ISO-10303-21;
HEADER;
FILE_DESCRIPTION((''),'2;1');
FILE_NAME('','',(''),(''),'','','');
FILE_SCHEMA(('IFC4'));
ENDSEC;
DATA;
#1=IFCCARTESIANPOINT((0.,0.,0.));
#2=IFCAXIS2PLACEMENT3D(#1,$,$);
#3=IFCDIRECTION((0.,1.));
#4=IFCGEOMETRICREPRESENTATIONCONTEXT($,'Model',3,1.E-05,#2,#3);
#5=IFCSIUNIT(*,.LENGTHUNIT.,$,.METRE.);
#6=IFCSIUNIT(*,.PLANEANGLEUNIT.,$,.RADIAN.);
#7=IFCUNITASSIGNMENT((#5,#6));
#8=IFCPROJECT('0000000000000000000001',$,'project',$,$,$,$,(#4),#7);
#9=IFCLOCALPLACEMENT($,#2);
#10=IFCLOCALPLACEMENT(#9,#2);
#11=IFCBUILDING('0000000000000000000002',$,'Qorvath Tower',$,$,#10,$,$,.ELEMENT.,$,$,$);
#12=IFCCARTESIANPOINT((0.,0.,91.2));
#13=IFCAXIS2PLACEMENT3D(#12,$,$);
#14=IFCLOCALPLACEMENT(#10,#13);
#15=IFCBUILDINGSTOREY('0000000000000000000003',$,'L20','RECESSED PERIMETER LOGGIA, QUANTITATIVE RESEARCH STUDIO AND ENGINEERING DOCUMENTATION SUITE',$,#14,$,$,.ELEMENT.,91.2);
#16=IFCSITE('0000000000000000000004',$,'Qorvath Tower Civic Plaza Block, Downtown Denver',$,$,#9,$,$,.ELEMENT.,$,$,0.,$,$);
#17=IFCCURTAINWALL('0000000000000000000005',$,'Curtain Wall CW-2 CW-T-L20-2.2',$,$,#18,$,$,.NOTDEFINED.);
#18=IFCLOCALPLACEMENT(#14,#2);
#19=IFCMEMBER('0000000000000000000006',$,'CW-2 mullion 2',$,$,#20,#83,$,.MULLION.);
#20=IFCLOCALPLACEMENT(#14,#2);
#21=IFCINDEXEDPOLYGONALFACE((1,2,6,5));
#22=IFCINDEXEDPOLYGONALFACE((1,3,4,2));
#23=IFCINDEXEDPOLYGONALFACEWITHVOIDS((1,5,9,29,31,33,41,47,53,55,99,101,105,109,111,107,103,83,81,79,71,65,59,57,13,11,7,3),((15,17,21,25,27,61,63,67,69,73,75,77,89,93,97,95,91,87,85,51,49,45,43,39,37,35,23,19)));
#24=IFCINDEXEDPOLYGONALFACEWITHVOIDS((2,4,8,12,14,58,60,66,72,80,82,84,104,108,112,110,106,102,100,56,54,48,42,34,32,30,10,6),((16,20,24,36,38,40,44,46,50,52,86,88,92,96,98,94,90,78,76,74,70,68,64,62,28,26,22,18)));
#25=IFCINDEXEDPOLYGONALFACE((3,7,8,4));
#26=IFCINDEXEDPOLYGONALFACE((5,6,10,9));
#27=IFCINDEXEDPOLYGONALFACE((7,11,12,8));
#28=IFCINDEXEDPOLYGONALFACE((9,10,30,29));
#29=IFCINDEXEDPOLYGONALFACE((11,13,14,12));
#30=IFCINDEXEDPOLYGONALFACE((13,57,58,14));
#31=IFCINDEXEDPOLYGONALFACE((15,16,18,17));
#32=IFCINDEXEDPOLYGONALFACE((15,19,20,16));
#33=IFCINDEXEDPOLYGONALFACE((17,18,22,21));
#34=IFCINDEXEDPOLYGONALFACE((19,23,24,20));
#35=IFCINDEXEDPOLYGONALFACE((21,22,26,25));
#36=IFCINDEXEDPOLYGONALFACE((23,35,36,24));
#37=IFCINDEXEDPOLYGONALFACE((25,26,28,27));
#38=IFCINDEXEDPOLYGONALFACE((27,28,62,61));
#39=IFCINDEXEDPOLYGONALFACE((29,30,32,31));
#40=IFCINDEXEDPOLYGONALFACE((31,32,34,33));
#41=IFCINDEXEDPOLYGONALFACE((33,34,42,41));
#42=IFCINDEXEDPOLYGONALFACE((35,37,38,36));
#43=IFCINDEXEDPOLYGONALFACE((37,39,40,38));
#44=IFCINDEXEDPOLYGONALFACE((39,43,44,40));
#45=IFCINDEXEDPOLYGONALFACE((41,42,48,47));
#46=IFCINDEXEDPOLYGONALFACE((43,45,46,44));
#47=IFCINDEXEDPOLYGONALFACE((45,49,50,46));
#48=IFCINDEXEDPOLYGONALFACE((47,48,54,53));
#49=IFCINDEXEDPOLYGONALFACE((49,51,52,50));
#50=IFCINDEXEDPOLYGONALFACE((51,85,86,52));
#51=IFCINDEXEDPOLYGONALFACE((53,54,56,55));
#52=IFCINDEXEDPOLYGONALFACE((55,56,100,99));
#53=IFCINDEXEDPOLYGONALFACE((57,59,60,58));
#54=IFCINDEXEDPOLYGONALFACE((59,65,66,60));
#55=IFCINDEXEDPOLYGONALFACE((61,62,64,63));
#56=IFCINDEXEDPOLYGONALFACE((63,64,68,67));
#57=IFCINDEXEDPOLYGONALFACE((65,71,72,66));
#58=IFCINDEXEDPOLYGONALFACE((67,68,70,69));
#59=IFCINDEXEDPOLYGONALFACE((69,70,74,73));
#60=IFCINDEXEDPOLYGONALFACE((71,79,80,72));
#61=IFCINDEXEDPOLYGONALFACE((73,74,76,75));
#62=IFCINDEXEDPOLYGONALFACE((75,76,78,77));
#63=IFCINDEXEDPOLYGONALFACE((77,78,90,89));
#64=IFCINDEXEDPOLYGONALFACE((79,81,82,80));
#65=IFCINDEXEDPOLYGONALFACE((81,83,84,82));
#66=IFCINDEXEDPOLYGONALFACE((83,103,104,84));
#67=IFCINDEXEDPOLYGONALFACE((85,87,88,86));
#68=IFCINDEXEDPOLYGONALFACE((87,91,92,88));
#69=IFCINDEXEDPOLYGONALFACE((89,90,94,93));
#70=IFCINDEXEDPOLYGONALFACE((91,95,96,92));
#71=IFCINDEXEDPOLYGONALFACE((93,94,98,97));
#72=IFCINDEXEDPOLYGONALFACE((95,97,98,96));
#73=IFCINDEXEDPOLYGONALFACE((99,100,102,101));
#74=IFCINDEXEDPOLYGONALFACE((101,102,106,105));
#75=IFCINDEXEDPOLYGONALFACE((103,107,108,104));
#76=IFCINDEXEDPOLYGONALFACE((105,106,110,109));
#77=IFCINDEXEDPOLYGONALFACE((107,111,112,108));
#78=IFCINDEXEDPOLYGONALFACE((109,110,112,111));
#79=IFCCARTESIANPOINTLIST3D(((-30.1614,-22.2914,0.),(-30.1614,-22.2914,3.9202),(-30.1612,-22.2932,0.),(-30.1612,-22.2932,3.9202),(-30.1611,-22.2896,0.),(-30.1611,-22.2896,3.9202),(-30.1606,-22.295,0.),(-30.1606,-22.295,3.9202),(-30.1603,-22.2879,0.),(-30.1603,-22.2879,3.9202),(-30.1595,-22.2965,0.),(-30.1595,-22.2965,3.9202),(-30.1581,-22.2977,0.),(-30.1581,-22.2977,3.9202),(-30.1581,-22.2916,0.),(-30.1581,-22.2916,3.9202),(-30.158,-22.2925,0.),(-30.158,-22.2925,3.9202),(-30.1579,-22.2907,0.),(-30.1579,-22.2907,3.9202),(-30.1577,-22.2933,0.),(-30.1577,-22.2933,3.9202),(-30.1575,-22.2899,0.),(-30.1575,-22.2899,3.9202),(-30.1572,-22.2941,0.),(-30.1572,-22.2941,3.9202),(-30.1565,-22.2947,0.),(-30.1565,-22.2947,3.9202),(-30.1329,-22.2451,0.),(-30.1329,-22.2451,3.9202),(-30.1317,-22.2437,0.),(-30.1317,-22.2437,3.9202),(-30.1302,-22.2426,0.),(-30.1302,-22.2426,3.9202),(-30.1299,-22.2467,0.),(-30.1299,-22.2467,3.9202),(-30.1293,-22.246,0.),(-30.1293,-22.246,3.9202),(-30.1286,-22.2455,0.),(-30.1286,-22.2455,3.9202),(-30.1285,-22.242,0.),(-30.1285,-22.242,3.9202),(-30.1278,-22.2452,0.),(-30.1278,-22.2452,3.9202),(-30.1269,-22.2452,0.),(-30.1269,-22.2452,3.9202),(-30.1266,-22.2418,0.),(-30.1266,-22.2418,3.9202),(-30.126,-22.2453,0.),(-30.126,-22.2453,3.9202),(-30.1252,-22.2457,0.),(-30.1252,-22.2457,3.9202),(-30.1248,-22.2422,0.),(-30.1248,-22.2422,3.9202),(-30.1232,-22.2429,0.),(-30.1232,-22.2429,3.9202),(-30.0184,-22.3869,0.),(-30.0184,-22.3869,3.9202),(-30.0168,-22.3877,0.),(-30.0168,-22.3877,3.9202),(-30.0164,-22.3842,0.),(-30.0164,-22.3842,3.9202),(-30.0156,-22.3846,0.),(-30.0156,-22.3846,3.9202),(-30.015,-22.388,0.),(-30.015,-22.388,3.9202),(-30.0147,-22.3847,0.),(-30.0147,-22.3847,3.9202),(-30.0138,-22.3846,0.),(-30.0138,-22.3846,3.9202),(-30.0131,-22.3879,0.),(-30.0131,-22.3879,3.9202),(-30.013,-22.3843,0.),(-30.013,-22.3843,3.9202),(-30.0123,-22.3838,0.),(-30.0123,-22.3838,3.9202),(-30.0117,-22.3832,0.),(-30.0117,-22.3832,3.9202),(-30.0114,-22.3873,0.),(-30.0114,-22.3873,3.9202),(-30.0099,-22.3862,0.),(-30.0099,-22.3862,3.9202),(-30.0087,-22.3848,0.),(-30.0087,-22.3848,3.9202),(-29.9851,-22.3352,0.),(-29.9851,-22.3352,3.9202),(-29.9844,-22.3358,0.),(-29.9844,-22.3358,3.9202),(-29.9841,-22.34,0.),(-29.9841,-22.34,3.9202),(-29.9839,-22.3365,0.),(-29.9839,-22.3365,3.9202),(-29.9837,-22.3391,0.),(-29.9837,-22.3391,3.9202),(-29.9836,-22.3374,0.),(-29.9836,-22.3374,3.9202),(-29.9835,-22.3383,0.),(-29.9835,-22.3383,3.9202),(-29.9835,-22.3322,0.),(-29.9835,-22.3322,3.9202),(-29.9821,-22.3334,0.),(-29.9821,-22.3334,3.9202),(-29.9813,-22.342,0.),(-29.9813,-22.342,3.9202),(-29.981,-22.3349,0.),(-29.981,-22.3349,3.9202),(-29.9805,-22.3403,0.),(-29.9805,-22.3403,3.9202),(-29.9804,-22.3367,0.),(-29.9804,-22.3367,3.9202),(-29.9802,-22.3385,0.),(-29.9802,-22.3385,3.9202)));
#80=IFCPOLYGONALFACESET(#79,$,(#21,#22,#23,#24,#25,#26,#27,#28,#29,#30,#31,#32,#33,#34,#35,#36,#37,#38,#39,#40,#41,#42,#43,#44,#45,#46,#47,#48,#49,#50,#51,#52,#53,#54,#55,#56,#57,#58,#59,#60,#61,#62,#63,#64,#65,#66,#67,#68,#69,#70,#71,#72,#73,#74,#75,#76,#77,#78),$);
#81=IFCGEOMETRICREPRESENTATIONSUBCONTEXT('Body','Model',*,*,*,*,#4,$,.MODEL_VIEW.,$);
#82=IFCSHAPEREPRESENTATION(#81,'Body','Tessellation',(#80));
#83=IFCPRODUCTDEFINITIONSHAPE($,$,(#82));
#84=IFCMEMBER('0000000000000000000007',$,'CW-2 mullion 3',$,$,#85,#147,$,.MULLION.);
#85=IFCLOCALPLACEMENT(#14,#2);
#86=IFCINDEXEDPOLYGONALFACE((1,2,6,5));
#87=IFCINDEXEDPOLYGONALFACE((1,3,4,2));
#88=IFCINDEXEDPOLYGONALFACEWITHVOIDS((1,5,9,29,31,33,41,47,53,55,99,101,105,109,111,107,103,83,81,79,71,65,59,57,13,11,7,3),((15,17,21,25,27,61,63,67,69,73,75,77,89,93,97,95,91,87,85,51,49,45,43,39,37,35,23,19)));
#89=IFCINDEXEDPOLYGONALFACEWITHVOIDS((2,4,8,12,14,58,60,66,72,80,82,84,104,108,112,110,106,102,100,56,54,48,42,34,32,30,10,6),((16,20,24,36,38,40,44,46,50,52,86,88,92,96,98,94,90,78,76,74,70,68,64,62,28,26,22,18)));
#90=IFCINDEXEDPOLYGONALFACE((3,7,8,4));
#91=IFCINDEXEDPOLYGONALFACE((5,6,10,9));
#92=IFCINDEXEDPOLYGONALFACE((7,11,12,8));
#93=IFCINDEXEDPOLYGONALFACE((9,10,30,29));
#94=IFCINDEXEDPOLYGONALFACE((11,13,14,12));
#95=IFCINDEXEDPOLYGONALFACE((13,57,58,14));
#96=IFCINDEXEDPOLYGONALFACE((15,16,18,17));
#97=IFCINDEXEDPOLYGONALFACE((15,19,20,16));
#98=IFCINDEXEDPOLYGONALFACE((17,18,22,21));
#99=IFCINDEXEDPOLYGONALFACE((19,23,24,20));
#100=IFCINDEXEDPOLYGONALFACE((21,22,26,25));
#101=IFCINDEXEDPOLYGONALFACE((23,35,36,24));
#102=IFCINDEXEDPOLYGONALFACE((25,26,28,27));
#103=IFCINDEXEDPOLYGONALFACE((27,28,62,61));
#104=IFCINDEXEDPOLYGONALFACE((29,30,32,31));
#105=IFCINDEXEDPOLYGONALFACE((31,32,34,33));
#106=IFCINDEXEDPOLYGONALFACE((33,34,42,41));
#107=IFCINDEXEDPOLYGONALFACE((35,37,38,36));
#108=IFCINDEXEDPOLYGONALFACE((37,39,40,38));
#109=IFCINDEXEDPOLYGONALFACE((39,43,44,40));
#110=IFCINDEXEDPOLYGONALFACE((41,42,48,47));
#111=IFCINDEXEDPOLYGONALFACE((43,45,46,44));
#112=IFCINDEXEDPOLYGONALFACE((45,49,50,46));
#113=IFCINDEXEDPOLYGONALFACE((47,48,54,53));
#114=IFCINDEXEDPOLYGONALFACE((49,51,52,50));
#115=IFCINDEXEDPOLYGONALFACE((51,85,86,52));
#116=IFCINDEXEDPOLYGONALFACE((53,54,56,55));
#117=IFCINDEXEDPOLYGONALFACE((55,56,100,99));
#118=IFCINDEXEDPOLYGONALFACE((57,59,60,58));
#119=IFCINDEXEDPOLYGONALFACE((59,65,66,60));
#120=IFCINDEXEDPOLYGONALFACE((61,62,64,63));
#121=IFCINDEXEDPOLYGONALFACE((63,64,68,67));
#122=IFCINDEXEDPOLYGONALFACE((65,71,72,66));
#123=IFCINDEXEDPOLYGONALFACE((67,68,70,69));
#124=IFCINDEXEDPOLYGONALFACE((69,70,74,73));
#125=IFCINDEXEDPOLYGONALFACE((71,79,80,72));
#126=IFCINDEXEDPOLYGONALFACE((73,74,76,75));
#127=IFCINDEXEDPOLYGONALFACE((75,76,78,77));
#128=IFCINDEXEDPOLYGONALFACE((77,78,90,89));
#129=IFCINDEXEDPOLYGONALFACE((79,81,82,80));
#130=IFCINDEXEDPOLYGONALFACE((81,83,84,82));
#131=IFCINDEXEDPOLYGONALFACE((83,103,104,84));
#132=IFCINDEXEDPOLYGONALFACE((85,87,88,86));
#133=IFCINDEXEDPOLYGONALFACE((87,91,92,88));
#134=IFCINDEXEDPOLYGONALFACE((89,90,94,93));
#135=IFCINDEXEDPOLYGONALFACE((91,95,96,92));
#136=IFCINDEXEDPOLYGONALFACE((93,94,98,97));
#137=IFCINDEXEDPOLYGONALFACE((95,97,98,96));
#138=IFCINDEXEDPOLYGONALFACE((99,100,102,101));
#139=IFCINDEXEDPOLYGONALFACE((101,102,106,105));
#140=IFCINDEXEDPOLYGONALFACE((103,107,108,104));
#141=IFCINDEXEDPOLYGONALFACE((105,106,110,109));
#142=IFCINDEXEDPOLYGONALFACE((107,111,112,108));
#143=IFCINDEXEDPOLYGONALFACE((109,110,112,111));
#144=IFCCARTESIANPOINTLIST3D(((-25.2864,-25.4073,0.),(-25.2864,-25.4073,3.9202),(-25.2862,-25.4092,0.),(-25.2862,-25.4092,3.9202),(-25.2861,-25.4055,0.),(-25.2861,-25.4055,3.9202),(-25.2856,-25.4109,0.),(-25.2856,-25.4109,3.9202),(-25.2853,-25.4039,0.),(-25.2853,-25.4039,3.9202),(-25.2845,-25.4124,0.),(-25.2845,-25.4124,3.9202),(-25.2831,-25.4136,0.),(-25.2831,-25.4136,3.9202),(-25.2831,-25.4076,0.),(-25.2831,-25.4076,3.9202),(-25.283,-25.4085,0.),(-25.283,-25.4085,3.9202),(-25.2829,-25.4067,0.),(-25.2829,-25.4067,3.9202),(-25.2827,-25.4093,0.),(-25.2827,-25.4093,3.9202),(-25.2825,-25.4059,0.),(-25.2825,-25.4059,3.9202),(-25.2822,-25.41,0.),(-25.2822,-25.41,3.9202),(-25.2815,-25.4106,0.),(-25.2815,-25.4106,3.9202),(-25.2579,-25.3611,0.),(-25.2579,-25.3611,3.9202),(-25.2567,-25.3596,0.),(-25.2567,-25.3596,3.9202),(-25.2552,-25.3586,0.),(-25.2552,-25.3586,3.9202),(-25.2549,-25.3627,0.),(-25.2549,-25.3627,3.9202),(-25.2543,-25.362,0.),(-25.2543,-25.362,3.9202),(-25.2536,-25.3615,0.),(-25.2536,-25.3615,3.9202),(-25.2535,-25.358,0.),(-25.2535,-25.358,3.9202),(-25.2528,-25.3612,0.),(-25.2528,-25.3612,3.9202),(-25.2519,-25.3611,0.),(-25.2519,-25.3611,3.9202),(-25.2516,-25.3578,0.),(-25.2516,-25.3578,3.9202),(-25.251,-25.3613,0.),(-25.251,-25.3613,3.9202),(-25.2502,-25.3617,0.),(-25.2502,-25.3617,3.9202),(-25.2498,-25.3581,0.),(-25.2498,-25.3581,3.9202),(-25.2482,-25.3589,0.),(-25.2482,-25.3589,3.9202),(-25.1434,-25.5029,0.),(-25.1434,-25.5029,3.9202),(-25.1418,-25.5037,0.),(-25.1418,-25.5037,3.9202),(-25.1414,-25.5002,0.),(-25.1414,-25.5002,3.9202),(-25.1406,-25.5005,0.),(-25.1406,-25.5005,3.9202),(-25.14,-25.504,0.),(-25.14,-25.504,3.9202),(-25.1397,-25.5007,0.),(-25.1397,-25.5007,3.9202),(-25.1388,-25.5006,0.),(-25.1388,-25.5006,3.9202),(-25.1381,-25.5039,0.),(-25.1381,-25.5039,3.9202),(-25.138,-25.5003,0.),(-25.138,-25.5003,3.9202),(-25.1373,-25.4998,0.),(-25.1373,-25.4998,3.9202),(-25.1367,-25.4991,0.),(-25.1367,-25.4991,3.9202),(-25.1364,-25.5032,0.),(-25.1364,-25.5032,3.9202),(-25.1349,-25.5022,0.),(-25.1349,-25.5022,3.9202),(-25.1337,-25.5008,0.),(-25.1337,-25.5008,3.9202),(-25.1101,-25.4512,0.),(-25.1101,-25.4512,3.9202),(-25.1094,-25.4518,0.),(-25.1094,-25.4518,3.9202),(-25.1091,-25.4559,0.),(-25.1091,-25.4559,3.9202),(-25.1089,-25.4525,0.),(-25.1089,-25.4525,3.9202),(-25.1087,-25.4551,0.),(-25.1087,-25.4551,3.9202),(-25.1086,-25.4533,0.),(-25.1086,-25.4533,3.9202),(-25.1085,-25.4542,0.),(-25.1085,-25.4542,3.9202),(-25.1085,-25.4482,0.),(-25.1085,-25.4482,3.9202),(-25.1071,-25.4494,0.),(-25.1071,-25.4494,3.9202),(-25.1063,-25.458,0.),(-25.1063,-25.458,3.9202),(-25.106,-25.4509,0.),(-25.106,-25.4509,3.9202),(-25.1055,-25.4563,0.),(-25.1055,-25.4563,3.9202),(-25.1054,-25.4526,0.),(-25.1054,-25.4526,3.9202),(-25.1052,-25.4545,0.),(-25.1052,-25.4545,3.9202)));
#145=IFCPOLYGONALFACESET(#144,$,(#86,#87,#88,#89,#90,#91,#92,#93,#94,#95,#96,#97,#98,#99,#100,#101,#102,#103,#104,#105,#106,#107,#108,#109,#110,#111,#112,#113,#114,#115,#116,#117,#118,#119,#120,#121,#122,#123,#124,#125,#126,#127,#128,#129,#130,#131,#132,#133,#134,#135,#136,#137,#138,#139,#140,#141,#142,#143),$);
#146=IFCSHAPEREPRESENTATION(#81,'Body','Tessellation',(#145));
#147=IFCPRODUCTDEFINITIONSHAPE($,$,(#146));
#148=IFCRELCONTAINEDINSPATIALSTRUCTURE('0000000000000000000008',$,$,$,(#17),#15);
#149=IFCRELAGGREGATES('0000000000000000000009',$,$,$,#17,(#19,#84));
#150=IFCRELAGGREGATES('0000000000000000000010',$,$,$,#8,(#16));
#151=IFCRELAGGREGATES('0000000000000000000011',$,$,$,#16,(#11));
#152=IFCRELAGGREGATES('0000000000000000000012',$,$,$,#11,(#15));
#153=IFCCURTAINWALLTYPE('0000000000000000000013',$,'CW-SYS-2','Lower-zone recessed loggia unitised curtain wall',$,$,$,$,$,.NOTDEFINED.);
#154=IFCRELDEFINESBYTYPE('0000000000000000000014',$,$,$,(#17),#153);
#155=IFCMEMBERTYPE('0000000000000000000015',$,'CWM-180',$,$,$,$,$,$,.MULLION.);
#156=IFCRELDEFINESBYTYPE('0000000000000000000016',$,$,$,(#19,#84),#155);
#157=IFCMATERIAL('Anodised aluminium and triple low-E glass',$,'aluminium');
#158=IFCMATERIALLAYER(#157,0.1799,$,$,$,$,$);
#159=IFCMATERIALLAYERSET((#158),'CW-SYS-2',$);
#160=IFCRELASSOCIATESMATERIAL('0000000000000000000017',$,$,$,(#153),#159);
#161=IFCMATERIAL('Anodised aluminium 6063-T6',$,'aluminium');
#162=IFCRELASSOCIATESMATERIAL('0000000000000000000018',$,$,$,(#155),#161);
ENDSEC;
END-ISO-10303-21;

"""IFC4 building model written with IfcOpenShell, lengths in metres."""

from ifc_helpers import new_model, si_unit, direction, frame, origin, origin_2d, place, context, subcontext, project, spatial, hollow_rectangle, extrude, material, layer, layer_set, material_profile, profile_set, type_object, element, aggregate, save


model = new_model("IFC4")

# Units and contexts
model_context = context("Model", 3, precision=1e-05, world=origin(), true_north=direction((0.0, 1.0)))
body_context = subcontext(model_context, "Body", "Model", "MODEL_VIEW")
ifc_project = project(units=[si_unit("LENGTHUNIT", "METRE"), si_unit("PLANEANGLEUNIT", "RADIAN")], contexts=[model_context])

# Site, building, storey
site_placement = place(None, origin())
site = spatial("IfcSite", under=ifc_project, at=site_placement, Name="Qorvath Tower Civic Plaza Block, Downtown Denver", CompositionType="ELEMENT", RefElevation=0.0)
building_placement = place(site_placement, origin())
building = spatial("IfcBuilding", under=site, at=building_placement, Name="Qorvath Tower", CompositionType="ELEMENT")
storey_placement = place(building_placement, frame((0.0, 0.0, 91.2)))
storey = spatial("IfcBuildingStorey", under=building, at=storey_placement, Name="L20", Description="RECESSED PERIMETER LOGGIA, QUANTITATIVE RESEARCH STUDIO AND ENGINEERING DOCUMENTATION SUITE", CompositionType="ELEMENT", Elevation=91.2)

# Curtain wall, members
ifc_material_1 = material(Name="Anodised aluminium and triple low-E glass", Category="aluminium")
ifc_layer_1 = layer(ifc_material_1, 0.1799)
ifc_layer_set_1 = layer_set([ifc_layer_1], Name="CW-SYS-2")
curtain_wall_type = type_object("IfcCurtainWallType", Name="CW-SYS-2", Description="Lower-zone recessed loggia unitised curtain wall", PredefinedType="NOTDEFINED", material=ifc_layer_set_1)
curtain_wall_placement = place(storey_placement, origin())
curtain_wall = element("IfcCurtainWall", 1, at=curtain_wall_placement, inside=storey, type_object=curtain_wall_type, Name="Curtain Wall CW-2 CW-T-L20-2.2", PredefinedType="NOTDEFINED")
ifc_material_2 = material(Name="Anodised aluminium 6063-T6", Category="aluminium")
ifc_material_profile_1 = material_profile(ifc_material_2, hollow_rectangle(XDim=0.0649, YDim=0.1799, WallThickness=0.0034, InnerFilletRadius=0.0034, OuterFilletRadius=0.0071, at=origin_2d()), Name="CWM 180x65")
ifc_profile_set_1 = profile_set([ifc_material_profile_1], Name="Anodised aluminium 6063-T6")
member_type_1 = type_object("IfcMemberType", Name="CWM-180", PredefinedType="MULLION", material=ifc_profile_set_1)
member_1_placement = place(storey_placement, frame((-30.0708, -22.3149, 0.0), z_axis=(0.0, 0.0, 1.0), x_axis=(0.538539, 0.842601, 0.0)))
member_1 = element("IfcMember", 2, at=member_1_placement, type_object=member_type_1, Name="CW-2 mullion 2", PredefinedType="MULLION", context=body_context, shape_type="SweptSolid", body=[
    extrude(hollow_rectangle(XDim=0.0649, YDim=0.1799, WallThickness=0.0034, InnerFilletRadius=0.0034, OuterFilletRadius=0.0071, at=origin_2d()), origin(), (0.0, 0.0, 1.0), 3.9202),
])
member_2_placement = place(storey_placement, frame((-25.1958, -25.4309, 0.0), z_axis=(0.0, 0.0, 1.0), x_axis=(0.538539, 0.842601, 0.0)))
member_2 = element("IfcMember", 3, at=member_2_placement, type_object=member_type_1, Name="CW-2 mullion 3", PredefinedType="MULLION", context=body_context, shape_type="SweptSolid", body=[
    extrude(hollow_rectangle(XDim=0.0649, YDim=0.1799, WallThickness=0.0034, InnerFilletRadius=0.0034, OuterFilletRadius=0.0071, at=origin_2d()), origin(), (0.0, 0.0, 1.0), 3.9202),
])
aggregate(curtain_wall, [member_1, member_2])

save(model, "model.ifc")
